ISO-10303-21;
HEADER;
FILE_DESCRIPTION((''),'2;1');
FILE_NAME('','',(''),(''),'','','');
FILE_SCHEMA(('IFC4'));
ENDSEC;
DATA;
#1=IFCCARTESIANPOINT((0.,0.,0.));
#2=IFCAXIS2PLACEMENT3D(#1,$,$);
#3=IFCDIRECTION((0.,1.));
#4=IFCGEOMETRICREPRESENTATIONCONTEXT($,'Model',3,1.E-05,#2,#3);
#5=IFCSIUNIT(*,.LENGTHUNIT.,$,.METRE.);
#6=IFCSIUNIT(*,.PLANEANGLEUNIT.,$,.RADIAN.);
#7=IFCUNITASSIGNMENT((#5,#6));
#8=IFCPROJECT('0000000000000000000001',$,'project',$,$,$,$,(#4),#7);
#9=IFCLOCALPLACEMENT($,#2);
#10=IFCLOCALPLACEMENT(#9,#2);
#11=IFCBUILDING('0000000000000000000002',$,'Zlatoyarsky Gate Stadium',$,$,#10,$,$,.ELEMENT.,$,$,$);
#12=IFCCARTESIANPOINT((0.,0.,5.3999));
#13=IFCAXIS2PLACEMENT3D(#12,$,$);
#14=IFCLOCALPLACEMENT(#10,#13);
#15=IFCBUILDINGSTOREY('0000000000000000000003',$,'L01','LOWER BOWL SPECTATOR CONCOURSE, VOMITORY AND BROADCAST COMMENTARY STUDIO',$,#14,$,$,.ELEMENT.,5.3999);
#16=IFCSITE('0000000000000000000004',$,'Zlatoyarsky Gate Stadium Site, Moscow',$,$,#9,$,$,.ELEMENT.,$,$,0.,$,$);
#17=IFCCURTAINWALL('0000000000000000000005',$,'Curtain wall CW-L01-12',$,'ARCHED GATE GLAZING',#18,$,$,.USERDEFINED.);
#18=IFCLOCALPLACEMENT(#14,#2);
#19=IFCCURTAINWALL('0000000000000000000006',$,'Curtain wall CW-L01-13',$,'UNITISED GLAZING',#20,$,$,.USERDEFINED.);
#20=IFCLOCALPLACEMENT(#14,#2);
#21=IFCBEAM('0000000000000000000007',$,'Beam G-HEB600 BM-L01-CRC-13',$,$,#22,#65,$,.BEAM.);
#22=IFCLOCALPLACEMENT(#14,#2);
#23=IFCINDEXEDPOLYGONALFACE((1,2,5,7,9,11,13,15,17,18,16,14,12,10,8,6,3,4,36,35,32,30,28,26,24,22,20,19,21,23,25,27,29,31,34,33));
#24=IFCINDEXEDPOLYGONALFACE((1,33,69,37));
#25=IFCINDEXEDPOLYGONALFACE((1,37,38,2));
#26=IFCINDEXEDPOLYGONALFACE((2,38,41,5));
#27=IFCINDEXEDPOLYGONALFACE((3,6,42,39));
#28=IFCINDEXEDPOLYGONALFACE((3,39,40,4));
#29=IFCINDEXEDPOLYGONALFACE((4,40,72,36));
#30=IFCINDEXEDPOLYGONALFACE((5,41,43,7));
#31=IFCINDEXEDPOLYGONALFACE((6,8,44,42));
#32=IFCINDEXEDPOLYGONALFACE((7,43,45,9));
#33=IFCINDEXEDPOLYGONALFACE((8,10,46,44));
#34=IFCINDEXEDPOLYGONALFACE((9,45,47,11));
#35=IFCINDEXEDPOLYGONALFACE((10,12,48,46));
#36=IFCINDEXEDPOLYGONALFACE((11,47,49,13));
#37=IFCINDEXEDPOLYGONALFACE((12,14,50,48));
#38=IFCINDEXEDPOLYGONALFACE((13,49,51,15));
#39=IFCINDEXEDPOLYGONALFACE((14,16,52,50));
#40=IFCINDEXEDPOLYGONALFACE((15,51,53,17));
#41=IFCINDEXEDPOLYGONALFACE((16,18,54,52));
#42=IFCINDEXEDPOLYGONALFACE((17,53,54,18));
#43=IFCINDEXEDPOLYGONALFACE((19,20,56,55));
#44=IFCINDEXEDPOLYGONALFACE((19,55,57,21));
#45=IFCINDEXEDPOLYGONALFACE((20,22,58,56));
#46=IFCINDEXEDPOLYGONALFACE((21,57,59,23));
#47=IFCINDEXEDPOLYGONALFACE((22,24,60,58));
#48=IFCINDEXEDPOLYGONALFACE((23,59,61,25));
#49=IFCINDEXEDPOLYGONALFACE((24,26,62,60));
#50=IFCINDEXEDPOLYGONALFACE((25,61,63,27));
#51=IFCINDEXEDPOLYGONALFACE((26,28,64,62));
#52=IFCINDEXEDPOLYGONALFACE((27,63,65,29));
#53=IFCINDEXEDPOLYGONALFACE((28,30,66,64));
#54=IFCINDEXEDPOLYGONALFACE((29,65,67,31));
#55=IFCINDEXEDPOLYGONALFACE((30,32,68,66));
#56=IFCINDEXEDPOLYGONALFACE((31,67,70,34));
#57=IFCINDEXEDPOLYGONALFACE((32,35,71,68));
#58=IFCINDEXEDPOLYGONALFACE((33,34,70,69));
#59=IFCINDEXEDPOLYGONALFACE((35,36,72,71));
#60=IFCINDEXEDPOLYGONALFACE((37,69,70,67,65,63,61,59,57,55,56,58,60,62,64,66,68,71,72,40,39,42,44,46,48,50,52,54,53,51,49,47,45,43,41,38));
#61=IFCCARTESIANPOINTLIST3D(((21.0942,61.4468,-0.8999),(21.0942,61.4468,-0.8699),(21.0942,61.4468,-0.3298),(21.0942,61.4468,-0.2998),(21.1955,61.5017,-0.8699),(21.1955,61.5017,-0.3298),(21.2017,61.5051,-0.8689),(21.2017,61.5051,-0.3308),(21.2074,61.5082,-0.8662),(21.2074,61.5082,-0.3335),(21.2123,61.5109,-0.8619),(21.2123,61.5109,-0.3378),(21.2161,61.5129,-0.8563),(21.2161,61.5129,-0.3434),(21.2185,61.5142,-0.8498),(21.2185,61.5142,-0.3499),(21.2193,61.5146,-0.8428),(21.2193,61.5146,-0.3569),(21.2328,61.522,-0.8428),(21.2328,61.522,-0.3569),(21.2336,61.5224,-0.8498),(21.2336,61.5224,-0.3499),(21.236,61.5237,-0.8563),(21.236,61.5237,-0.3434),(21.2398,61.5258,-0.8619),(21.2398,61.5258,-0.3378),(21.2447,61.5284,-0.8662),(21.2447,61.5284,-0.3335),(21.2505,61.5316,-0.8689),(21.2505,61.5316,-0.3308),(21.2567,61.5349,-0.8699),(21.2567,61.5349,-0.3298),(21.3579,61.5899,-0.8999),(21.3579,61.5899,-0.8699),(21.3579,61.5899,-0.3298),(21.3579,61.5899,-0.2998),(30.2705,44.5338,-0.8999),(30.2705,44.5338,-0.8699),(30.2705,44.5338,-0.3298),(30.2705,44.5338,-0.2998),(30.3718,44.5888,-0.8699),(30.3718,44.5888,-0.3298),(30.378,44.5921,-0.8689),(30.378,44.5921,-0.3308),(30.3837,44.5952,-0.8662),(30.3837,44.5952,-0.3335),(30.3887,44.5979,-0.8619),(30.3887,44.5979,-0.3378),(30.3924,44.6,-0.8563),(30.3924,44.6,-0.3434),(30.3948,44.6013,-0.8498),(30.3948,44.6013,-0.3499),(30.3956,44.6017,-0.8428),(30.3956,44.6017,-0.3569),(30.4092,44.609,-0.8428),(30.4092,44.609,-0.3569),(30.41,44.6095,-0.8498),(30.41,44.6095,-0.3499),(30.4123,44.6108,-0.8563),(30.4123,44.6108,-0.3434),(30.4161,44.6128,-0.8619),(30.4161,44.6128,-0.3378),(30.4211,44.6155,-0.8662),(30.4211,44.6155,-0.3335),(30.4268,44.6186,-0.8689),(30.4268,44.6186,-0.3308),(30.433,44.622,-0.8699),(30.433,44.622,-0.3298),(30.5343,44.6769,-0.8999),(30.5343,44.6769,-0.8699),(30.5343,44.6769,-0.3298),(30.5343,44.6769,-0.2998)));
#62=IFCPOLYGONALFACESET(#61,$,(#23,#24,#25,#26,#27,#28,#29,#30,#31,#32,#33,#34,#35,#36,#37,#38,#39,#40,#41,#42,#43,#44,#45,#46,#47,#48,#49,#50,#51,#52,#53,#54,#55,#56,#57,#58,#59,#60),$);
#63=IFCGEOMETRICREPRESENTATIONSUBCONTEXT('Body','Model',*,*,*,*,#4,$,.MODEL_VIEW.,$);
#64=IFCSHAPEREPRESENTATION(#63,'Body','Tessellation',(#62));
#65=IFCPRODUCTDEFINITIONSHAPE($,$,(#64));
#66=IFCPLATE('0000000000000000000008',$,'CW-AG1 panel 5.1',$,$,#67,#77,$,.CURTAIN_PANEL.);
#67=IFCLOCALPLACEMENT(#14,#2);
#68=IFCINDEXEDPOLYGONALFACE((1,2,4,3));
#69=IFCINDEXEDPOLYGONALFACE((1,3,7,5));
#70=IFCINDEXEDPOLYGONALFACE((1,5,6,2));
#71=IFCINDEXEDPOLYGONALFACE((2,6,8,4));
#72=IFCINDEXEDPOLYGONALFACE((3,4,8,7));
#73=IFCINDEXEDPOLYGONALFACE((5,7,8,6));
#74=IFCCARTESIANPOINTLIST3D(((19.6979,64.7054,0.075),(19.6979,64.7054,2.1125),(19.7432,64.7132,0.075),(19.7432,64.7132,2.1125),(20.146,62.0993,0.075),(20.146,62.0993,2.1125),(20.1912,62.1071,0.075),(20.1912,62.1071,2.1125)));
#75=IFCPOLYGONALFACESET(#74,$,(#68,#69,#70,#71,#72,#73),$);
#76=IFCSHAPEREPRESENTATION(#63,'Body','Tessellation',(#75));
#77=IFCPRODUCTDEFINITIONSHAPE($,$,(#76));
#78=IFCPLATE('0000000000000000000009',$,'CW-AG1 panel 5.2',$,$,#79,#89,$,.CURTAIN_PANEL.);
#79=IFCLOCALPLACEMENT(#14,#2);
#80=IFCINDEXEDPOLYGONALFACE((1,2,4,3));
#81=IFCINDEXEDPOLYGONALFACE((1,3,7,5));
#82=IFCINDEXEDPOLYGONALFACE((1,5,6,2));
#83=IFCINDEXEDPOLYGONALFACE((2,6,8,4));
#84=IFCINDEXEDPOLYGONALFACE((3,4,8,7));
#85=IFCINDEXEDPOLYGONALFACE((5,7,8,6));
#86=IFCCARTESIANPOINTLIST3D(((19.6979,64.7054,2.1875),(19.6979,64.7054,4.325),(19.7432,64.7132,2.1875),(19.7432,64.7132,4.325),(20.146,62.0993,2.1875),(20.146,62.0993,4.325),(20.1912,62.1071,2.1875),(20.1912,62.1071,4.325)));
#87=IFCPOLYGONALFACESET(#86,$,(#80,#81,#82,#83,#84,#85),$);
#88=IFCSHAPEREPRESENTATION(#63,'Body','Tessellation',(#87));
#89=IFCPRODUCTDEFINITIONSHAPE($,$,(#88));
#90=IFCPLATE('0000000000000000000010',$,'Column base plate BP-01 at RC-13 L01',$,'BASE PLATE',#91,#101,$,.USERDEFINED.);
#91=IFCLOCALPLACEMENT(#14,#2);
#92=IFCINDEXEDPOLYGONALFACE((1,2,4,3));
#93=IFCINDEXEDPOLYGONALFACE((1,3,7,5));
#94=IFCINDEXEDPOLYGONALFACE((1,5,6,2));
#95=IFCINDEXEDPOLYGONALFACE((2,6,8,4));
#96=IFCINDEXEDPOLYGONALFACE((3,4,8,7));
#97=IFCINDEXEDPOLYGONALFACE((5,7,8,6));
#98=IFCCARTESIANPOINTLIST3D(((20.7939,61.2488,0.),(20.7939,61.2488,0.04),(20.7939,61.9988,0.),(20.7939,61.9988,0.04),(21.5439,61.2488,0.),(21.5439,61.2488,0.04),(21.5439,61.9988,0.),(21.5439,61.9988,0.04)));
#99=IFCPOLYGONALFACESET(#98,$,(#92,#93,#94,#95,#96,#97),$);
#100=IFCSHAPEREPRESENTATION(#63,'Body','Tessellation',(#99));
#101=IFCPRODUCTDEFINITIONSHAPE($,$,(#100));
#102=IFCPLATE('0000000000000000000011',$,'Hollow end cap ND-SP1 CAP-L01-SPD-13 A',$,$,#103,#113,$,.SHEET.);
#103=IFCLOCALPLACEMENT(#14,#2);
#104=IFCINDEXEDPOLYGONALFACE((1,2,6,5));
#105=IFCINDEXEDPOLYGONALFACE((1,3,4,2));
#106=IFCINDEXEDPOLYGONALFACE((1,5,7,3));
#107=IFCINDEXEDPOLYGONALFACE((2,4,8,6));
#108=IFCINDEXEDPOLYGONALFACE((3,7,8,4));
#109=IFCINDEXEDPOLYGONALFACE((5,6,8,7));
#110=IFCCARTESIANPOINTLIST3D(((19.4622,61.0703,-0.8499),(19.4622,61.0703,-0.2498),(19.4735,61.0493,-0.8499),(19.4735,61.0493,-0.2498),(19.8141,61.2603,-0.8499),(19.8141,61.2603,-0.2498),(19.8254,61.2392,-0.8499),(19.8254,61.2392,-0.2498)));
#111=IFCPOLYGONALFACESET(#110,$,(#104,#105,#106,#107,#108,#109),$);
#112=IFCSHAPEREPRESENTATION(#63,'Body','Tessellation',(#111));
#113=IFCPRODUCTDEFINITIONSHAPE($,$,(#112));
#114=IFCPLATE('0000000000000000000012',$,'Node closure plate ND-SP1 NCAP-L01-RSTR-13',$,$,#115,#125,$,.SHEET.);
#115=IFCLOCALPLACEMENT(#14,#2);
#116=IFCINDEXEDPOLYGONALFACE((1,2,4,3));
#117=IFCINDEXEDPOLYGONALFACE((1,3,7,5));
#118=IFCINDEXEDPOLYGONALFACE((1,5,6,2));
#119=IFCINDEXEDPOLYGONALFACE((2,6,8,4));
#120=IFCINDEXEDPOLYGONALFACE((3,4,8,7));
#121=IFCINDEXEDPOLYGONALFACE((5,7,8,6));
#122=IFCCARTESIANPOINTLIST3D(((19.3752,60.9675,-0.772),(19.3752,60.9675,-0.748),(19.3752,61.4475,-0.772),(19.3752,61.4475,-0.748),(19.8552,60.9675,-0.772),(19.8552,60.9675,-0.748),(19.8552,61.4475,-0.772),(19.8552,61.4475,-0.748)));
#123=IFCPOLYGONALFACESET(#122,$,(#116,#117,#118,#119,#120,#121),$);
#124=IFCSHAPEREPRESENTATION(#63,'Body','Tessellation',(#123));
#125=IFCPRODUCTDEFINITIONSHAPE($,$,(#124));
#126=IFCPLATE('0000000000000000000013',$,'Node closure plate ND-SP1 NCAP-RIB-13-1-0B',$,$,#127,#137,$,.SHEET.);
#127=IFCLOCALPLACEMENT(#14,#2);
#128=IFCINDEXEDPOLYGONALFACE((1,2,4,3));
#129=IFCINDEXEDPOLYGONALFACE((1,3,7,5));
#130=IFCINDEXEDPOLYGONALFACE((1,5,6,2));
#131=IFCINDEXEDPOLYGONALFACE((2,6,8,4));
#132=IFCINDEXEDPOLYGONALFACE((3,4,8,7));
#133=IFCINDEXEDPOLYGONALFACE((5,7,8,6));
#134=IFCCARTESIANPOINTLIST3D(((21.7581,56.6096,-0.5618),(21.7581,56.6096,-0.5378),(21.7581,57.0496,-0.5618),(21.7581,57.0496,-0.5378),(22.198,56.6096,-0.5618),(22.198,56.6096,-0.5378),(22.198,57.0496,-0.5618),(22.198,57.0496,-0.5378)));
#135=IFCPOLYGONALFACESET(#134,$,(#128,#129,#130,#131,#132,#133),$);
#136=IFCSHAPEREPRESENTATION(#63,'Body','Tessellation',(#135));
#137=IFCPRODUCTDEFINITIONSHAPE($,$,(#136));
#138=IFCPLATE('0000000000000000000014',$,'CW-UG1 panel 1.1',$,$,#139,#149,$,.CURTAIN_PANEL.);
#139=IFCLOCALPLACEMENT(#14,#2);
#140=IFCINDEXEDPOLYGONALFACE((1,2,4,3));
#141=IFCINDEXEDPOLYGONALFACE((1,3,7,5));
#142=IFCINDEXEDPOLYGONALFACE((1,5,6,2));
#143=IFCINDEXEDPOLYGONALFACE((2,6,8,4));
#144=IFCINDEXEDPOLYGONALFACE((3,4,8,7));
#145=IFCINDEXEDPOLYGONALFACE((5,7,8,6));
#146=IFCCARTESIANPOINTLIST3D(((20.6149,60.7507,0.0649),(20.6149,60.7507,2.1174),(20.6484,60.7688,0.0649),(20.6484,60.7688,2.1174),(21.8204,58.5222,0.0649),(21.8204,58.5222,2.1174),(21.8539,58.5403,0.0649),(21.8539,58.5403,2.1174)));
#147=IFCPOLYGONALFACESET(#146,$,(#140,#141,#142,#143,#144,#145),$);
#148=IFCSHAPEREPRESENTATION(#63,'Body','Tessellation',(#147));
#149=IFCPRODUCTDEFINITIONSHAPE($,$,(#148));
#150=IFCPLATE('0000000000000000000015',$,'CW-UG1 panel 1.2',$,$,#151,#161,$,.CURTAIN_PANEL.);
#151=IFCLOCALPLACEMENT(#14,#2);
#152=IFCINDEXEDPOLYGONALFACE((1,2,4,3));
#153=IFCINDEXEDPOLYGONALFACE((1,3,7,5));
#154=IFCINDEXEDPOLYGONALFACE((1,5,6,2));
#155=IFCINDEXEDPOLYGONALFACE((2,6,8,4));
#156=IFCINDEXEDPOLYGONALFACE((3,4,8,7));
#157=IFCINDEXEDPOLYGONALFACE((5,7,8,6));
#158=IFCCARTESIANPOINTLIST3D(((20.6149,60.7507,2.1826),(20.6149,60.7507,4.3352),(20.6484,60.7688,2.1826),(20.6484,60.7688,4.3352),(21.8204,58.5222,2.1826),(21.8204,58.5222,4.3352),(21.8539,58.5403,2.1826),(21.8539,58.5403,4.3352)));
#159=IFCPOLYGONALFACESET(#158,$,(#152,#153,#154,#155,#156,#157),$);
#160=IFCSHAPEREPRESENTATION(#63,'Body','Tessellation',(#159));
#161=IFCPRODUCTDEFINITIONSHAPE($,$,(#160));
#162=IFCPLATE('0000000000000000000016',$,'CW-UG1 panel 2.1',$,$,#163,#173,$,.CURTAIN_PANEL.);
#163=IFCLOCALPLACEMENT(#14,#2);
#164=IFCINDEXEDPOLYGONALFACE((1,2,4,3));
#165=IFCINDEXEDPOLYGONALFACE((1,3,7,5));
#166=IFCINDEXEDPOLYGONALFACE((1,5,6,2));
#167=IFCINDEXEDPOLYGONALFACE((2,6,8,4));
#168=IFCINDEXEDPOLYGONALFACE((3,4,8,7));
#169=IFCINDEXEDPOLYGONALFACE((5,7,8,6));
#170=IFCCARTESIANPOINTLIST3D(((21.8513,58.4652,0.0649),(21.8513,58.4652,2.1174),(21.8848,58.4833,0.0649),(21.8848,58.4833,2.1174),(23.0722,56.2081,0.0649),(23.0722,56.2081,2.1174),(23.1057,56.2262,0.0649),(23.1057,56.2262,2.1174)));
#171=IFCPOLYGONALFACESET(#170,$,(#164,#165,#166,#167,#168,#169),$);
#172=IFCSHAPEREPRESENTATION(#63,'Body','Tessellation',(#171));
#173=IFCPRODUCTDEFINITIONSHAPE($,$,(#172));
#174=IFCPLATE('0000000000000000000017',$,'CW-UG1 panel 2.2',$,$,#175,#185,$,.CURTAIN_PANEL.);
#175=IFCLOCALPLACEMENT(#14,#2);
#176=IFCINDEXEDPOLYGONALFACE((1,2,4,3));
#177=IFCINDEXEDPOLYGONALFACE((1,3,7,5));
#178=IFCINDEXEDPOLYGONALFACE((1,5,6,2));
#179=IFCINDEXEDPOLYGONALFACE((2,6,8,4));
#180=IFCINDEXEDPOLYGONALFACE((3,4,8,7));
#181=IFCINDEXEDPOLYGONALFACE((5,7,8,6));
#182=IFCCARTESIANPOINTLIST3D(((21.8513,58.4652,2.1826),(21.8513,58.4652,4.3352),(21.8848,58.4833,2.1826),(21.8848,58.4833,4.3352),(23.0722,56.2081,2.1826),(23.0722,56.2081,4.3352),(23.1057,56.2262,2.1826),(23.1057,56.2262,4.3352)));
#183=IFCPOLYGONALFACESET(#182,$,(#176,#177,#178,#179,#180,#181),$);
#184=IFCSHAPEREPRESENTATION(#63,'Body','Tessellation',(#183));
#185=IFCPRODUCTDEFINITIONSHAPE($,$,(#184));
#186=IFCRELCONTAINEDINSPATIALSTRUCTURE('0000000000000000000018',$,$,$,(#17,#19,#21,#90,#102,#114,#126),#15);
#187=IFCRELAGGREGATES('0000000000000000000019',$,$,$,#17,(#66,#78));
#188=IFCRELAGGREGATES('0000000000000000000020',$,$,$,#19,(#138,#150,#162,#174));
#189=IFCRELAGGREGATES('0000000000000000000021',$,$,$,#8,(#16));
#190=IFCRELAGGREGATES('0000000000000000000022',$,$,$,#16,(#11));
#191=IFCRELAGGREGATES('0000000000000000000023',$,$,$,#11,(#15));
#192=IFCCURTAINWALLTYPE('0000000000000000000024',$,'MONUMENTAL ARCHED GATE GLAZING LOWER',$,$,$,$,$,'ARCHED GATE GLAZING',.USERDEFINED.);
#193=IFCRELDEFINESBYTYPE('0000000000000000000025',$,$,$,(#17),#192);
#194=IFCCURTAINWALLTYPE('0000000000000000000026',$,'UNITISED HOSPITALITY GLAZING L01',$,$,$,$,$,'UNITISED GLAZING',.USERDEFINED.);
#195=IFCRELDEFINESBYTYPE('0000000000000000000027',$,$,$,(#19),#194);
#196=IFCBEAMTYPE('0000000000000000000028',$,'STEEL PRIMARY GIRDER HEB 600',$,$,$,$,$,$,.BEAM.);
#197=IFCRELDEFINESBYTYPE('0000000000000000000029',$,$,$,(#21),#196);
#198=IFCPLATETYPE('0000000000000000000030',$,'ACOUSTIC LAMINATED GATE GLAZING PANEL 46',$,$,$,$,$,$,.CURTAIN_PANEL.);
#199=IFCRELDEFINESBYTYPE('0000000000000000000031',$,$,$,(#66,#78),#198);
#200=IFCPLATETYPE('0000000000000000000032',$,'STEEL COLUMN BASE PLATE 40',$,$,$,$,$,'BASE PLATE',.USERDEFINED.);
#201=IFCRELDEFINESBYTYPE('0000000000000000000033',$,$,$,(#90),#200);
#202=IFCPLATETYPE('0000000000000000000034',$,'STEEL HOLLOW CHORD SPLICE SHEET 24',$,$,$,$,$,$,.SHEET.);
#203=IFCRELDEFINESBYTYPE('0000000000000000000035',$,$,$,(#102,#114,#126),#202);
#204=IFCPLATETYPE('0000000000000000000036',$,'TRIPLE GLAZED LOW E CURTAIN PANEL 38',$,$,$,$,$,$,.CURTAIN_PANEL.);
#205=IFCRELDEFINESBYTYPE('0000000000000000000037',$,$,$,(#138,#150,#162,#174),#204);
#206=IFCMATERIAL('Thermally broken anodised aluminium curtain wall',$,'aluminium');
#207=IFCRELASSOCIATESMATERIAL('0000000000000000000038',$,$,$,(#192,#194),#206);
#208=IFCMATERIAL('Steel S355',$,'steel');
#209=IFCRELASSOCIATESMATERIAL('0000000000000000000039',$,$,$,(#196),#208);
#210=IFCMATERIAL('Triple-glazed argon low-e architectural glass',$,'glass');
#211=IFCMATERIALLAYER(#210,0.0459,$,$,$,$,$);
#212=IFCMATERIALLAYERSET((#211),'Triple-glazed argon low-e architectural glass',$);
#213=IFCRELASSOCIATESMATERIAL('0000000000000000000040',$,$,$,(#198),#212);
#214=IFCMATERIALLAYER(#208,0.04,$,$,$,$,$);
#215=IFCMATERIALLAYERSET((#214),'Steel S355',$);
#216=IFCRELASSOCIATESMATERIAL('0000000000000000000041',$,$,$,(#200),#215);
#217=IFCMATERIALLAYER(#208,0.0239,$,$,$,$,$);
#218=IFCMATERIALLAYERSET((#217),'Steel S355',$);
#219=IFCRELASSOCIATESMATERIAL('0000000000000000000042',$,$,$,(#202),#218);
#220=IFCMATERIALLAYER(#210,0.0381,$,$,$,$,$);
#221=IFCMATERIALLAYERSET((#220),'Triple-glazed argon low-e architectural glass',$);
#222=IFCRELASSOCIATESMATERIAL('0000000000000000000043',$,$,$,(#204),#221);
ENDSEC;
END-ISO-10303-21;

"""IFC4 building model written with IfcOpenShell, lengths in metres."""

from ifc_helpers import new_model, si_unit, direction, frame, origin, origin_2d, place, context, subcontext, project, spatial, rectangle, i_section, extrude, material, layer, layer_set, material_profile, profile_set, type_object, element, aggregate, save


model = new_model("IFC4")

# Units and contexts
model_context = context("Model", 3, precision=1e-05, world=origin(), true_north=direction((0.0, 1.0)))
body_context = subcontext(model_context, "Body", "Model", "MODEL_VIEW")
ifc_project = project(units=[si_unit("LENGTHUNIT", "METRE"), si_unit("PLANEANGLEUNIT", "RADIAN")], contexts=[model_context])

# Site, building, storey
site_placement = place(None, origin())
site = spatial("IfcSite", under=ifc_project, at=site_placement, Name="Zlatoyarsky Gate Stadium Site, Moscow", CompositionType="ELEMENT", RefElevation=0.0)
building_placement = place(site_placement, origin())
building = spatial("IfcBuilding", under=site, at=building_placement, Name="Zlatoyarsky Gate Stadium", CompositionType="ELEMENT")
storey_placement = place(building_placement, frame((0.0, 0.0, 5.3999)))
storey = spatial("IfcBuildingStorey", under=building, at=storey_placement, Name="L01", Description="LOWER BOWL SPECTATOR CONCOURSE, VOMITORY AND BROADCAST COMMENTARY STUDIO", CompositionType="ELEMENT", Elevation=5.3999)

# Shared definitions
ifc_material_1 = material(Name="Steel S355", Category="steel")

# Curtain wall
ifc_material_2 = material(Name="Thermally broken anodised aluminium curtain wall", Category="aluminium")
curtain_wall_type_1 = type_object("IfcCurtainWallType", Name="MONUMENTAL ARCHED GATE GLAZING LOWER", ElementType="ARCHED GATE GLAZING", PredefinedType="USERDEFINED", material=ifc_material_2)
curtain_wall_1_placement = place(storey_placement, origin())
curtain_wall_1 = element("IfcCurtainWall", 1, at=curtain_wall_1_placement, inside=storey, type_object=curtain_wall_type_1, Name="Curtain wall CW-L01-12", ObjectType="ARCHED GATE GLAZING", PredefinedType="USERDEFINED")

# Curtain wall
curtain_wall_type_2 = type_object("IfcCurtainWallType", Name="UNITISED HOSPITALITY GLAZING L01", ElementType="UNITISED GLAZING", PredefinedType="USERDEFINED", material=ifc_material_2)
curtain_wall_2_placement = place(storey_placement, origin())
curtain_wall_2 = element("IfcCurtainWall", 2, at=curtain_wall_2_placement, inside=storey, type_object=curtain_wall_type_2, Name="Curtain wall CW-L01-13", ObjectType="UNITISED GLAZING", PredefinedType="USERDEFINED")

# Beam
ifc_material_profile_1 = material_profile(ifc_material_1, i_section(OverallWidth=0.3, OverallDepth=0.6001, WebThickness=0.0154, FlangeThickness=0.03, FilletRadius=0.0271, at=origin_2d()), Name="HEB 600")
ifc_profile_set_1 = profile_set([ifc_material_profile_1], Name="Steel S355")
beam_type_1 = type_object("IfcBeamType", Name="STEEL PRIMARY GIRDER HEB 600", PredefinedType="BEAM", material=ifc_profile_set_1)
beam_1_placement = place(storey_placement, frame((21.2261, 61.5183, -0.5999), z_axis=(0.476892, -0.878962, 0.0), x_axis=(0.878962, 0.476892, 0.0)))
element("IfcBeam", 3, at=beam_1_placement, inside=storey, type_object=beam_type_1, Name="Beam G-HEB600 BM-L01-CRC-13", PredefinedType="BEAM", context=body_context, shape_type="SweptSolid", body=[
    extrude(i_section(OverallWidth=0.3, OverallDepth=0.6001, WebThickness=0.0154, FlangeThickness=0.03, FilletRadius=0.0271, at=origin_2d()), origin(), (0.0, 0.0, 1.0), 19.2419),
])

# Plates
ifc_material_3 = material(Name="Triple-glazed argon low-e architectural glass", Category="glass")
ifc_layer_1 = layer(ifc_material_3, 0.0459)
ifc_layer_set_1 = layer_set([ifc_layer_1], Name="Triple-glazed argon low-e architectural glass")
plate_type_1 = type_object("IfcPlateType", Name="ACOUSTIC LAMINATED GATE GLAZING PANEL 46", PredefinedType="CURTAIN_PANEL", material=ifc_layer_set_1)
plate_1_placement = place(storey_placement, frame((19.9446, 63.4062, 0.075), z_axis=(0.0, 0.0, 1.0), x_axis=(0.169452, -0.985538, 0.0)))
plate_1 = element("IfcPlate", 4, at=plate_1_placement, type_object=plate_type_1, Name="CW-AG1 panel 5.1", PredefinedType="CURTAIN_PANEL", context=body_context, shape_type="SweptSolid", body=[
    extrude(rectangle(XDim=2.6443, YDim=0.0459, at=origin_2d()), origin(), (0.0, 0.0, 1.0), 2.0376),
])
plate_2_placement = place(storey_placement, frame((19.9446, 63.4062, 2.1875), z_axis=(0.0, 0.0, 1.0), x_axis=(0.169452, -0.985538, 0.0)))
plate_2 = element("IfcPlate", 5, at=plate_2_placement, type_object=plate_type_1, Name="CW-AG1 panel 5.2", PredefinedType="CURTAIN_PANEL", context=body_context, shape_type="SweptSolid", body=[
    extrude(rectangle(XDim=2.6443, YDim=0.0459, at=origin_2d()), origin(), (0.0, 0.0, 1.0), 2.1375),
])
aggregate(curtain_wall_1, [plate_1, plate_2])

# Plates
ifc_layer_2 = layer(ifc_material_1, 0.04)
ifc_layer_set_2 = layer_set([ifc_layer_2], Name="Steel S355")
plate_type_2 = type_object("IfcPlateType", Name="STEEL COLUMN BASE PLATE 40", ElementType="BASE PLATE", PredefinedType="USERDEFINED", material=ifc_layer_set_2)
plate_3_placement = place(storey_placement, frame((21.1689, 61.6238, 0.0), z_axis=(0.0, 0.0, 1.0), x_axis=(1.0, 0.0, 0.0)))
element("IfcPlate", 6, at=plate_3_placement, inside=storey, type_object=plate_type_2, Name="Column base plate BP-01 at RC-13 L01", ObjectType="BASE PLATE", PredefinedType="USERDEFINED", context=body_context, shape_type="SweptSolid", body=[
    extrude(rectangle(XDim=0.75, YDim=0.75, at=origin_2d()), origin(), (0.0, 0.0, 1.0), 0.04),
])
ifc_layer_3 = layer(ifc_material_1, 0.0239)
ifc_layer_set_3 = layer_set([ifc_layer_3], Name="Steel S355")
plate_type_3 = type_object("IfcPlateType", Name="STEEL HOLLOW CHORD SPLICE SHEET 24", PredefinedType="SHEET", material=ifc_layer_set_3)
plate_4_placement = place(storey_placement, frame((19.6438, 61.1548, -0.8499), z_axis=(0.0, 0.0, 1.0), x_axis=(0.474958, -0.880009, 0.0)))
element("IfcPlate", 7, at=plate_4_placement, inside=storey, type_object=plate_type_3, Name="Hollow end cap ND-SP1 CAP-L01-SPD-13 A", PredefinedType="SHEET", context=body_context, shape_type="SweptSolid", body=[
    extrude(rectangle(XDim=0.0239, YDim=0.3999, at=origin_2d()), origin(), (0.0, 0.0, 1.0), 0.6001),
])
plate_5_placement = place(storey_placement, frame((19.6152, 61.2075, -0.772), z_axis=(0.0, 0.0, 1.0), x_axis=(1.0, 0.0, 0.0)))
element("IfcPlate", 8, at=plate_5_placement, inside=storey, type_object=plate_type_3, Name="Node closure plate ND-SP1 NCAP-L01-RSTR-13", PredefinedType="SHEET", context=body_context, shape_type="SweptSolid", body=[
    extrude(rectangle(XDim=0.48, YDim=0.48, at=origin_2d()), origin(), (0.0, 0.0, 1.0), 0.0239),
])
plate_6_placement = place(storey_placement, frame((21.978, 56.8296, -0.5618), z_axis=(0.0, 0.0, 1.0), x_axis=(1.0, 0.0, 0.0)))
element("IfcPlate", 9, at=plate_6_placement, inside=storey, type_object=plate_type_3, Name="Node closure plate ND-SP1 NCAP-RIB-13-1-0B", PredefinedType="SHEET", context=body_context, shape_type="SweptSolid", body=[
    extrude(rectangle(XDim=0.4399, YDim=0.4399, at=origin_2d()), origin(), (0.0, 0.0, 1.0), 0.0239),
])

# Plates
ifc_layer_4 = layer(ifc_material_3, 0.0381)
ifc_layer_set_4 = layer_set([ifc_layer_4], Name="Triple-glazed argon low-e architectural glass")
plate_type_4 = type_object("IfcPlateType", Name="TRIPLE GLAZED LOW E CURTAIN PANEL 38", PredefinedType="CURTAIN_PANEL", material=ifc_layer_set_4)
plate_7_placement = place(storey_placement, frame((21.2344, 59.6455, 0.0649), z_axis=(0.0, 0.0, 1.0), x_axis=(0.475786, -0.879561, 0.0)))
plate_7 = element("IfcPlate", 10, at=plate_7_placement, type_object=plate_type_4, Name="CW-UG1 panel 1.1", PredefinedType="CURTAIN_PANEL", context=body_context, shape_type="SweptSolid", body=[
    extrude(rectangle(XDim=2.5337, YDim=0.0381, at=origin_2d()), origin(), (0.0, 0.0, 1.0), 2.0525),
])
plate_8_placement = place(storey_placement, frame((21.2344, 59.6455, 2.1826), z_axis=(0.0, 0.0, 1.0), x_axis=(0.475786, -0.879561, 0.0)))
plate_8 = element("IfcPlate", 11, at=plate_8_placement, type_object=plate_type_4, Name="CW-UG1 panel 1.2", PredefinedType="CURTAIN_PANEL", context=body_context, shape_type="SweptSolid", body=[
    extrude(rectangle(XDim=2.5337, YDim=0.0381, at=origin_2d()), origin(), (0.0, 0.0, 1.0), 2.1526),
])
plate_9_placement = place(storey_placement, frame((22.4785, 57.3457, 0.0649), z_axis=(0.0, 0.0, 1.0), x_axis=(0.475786, -0.879561, 0.0)))
plate_9 = element("IfcPlate", 12, at=plate_9_placement, type_object=plate_type_4, Name="CW-UG1 panel 2.1", PredefinedType="CURTAIN_PANEL", context=body_context, shape_type="SweptSolid", body=[
    extrude(rectangle(XDim=2.5662, YDim=0.0381, at=origin_2d()), origin(), (0.0, 0.0, 1.0), 2.0525),
])
plate_10_placement = place(storey_placement, frame((22.4785, 57.3457, 2.1826), z_axis=(0.0, 0.0, 1.0), x_axis=(0.475786, -0.879561, 0.0)))
plate_10 = element("IfcPlate", 13, at=plate_10_placement, type_object=plate_type_4, Name="CW-UG1 panel 2.2", PredefinedType="CURTAIN_PANEL", context=body_context, shape_type="SweptSolid", body=[
    extrude(rectangle(XDim=2.5662, YDim=0.0381, at=origin_2d()), origin(), (0.0, 0.0, 1.0), 2.1526),
])
aggregate(curtain_wall_2, [plate_7, plate_8, plate_9, plate_10])

save(model, "model.ifc")
